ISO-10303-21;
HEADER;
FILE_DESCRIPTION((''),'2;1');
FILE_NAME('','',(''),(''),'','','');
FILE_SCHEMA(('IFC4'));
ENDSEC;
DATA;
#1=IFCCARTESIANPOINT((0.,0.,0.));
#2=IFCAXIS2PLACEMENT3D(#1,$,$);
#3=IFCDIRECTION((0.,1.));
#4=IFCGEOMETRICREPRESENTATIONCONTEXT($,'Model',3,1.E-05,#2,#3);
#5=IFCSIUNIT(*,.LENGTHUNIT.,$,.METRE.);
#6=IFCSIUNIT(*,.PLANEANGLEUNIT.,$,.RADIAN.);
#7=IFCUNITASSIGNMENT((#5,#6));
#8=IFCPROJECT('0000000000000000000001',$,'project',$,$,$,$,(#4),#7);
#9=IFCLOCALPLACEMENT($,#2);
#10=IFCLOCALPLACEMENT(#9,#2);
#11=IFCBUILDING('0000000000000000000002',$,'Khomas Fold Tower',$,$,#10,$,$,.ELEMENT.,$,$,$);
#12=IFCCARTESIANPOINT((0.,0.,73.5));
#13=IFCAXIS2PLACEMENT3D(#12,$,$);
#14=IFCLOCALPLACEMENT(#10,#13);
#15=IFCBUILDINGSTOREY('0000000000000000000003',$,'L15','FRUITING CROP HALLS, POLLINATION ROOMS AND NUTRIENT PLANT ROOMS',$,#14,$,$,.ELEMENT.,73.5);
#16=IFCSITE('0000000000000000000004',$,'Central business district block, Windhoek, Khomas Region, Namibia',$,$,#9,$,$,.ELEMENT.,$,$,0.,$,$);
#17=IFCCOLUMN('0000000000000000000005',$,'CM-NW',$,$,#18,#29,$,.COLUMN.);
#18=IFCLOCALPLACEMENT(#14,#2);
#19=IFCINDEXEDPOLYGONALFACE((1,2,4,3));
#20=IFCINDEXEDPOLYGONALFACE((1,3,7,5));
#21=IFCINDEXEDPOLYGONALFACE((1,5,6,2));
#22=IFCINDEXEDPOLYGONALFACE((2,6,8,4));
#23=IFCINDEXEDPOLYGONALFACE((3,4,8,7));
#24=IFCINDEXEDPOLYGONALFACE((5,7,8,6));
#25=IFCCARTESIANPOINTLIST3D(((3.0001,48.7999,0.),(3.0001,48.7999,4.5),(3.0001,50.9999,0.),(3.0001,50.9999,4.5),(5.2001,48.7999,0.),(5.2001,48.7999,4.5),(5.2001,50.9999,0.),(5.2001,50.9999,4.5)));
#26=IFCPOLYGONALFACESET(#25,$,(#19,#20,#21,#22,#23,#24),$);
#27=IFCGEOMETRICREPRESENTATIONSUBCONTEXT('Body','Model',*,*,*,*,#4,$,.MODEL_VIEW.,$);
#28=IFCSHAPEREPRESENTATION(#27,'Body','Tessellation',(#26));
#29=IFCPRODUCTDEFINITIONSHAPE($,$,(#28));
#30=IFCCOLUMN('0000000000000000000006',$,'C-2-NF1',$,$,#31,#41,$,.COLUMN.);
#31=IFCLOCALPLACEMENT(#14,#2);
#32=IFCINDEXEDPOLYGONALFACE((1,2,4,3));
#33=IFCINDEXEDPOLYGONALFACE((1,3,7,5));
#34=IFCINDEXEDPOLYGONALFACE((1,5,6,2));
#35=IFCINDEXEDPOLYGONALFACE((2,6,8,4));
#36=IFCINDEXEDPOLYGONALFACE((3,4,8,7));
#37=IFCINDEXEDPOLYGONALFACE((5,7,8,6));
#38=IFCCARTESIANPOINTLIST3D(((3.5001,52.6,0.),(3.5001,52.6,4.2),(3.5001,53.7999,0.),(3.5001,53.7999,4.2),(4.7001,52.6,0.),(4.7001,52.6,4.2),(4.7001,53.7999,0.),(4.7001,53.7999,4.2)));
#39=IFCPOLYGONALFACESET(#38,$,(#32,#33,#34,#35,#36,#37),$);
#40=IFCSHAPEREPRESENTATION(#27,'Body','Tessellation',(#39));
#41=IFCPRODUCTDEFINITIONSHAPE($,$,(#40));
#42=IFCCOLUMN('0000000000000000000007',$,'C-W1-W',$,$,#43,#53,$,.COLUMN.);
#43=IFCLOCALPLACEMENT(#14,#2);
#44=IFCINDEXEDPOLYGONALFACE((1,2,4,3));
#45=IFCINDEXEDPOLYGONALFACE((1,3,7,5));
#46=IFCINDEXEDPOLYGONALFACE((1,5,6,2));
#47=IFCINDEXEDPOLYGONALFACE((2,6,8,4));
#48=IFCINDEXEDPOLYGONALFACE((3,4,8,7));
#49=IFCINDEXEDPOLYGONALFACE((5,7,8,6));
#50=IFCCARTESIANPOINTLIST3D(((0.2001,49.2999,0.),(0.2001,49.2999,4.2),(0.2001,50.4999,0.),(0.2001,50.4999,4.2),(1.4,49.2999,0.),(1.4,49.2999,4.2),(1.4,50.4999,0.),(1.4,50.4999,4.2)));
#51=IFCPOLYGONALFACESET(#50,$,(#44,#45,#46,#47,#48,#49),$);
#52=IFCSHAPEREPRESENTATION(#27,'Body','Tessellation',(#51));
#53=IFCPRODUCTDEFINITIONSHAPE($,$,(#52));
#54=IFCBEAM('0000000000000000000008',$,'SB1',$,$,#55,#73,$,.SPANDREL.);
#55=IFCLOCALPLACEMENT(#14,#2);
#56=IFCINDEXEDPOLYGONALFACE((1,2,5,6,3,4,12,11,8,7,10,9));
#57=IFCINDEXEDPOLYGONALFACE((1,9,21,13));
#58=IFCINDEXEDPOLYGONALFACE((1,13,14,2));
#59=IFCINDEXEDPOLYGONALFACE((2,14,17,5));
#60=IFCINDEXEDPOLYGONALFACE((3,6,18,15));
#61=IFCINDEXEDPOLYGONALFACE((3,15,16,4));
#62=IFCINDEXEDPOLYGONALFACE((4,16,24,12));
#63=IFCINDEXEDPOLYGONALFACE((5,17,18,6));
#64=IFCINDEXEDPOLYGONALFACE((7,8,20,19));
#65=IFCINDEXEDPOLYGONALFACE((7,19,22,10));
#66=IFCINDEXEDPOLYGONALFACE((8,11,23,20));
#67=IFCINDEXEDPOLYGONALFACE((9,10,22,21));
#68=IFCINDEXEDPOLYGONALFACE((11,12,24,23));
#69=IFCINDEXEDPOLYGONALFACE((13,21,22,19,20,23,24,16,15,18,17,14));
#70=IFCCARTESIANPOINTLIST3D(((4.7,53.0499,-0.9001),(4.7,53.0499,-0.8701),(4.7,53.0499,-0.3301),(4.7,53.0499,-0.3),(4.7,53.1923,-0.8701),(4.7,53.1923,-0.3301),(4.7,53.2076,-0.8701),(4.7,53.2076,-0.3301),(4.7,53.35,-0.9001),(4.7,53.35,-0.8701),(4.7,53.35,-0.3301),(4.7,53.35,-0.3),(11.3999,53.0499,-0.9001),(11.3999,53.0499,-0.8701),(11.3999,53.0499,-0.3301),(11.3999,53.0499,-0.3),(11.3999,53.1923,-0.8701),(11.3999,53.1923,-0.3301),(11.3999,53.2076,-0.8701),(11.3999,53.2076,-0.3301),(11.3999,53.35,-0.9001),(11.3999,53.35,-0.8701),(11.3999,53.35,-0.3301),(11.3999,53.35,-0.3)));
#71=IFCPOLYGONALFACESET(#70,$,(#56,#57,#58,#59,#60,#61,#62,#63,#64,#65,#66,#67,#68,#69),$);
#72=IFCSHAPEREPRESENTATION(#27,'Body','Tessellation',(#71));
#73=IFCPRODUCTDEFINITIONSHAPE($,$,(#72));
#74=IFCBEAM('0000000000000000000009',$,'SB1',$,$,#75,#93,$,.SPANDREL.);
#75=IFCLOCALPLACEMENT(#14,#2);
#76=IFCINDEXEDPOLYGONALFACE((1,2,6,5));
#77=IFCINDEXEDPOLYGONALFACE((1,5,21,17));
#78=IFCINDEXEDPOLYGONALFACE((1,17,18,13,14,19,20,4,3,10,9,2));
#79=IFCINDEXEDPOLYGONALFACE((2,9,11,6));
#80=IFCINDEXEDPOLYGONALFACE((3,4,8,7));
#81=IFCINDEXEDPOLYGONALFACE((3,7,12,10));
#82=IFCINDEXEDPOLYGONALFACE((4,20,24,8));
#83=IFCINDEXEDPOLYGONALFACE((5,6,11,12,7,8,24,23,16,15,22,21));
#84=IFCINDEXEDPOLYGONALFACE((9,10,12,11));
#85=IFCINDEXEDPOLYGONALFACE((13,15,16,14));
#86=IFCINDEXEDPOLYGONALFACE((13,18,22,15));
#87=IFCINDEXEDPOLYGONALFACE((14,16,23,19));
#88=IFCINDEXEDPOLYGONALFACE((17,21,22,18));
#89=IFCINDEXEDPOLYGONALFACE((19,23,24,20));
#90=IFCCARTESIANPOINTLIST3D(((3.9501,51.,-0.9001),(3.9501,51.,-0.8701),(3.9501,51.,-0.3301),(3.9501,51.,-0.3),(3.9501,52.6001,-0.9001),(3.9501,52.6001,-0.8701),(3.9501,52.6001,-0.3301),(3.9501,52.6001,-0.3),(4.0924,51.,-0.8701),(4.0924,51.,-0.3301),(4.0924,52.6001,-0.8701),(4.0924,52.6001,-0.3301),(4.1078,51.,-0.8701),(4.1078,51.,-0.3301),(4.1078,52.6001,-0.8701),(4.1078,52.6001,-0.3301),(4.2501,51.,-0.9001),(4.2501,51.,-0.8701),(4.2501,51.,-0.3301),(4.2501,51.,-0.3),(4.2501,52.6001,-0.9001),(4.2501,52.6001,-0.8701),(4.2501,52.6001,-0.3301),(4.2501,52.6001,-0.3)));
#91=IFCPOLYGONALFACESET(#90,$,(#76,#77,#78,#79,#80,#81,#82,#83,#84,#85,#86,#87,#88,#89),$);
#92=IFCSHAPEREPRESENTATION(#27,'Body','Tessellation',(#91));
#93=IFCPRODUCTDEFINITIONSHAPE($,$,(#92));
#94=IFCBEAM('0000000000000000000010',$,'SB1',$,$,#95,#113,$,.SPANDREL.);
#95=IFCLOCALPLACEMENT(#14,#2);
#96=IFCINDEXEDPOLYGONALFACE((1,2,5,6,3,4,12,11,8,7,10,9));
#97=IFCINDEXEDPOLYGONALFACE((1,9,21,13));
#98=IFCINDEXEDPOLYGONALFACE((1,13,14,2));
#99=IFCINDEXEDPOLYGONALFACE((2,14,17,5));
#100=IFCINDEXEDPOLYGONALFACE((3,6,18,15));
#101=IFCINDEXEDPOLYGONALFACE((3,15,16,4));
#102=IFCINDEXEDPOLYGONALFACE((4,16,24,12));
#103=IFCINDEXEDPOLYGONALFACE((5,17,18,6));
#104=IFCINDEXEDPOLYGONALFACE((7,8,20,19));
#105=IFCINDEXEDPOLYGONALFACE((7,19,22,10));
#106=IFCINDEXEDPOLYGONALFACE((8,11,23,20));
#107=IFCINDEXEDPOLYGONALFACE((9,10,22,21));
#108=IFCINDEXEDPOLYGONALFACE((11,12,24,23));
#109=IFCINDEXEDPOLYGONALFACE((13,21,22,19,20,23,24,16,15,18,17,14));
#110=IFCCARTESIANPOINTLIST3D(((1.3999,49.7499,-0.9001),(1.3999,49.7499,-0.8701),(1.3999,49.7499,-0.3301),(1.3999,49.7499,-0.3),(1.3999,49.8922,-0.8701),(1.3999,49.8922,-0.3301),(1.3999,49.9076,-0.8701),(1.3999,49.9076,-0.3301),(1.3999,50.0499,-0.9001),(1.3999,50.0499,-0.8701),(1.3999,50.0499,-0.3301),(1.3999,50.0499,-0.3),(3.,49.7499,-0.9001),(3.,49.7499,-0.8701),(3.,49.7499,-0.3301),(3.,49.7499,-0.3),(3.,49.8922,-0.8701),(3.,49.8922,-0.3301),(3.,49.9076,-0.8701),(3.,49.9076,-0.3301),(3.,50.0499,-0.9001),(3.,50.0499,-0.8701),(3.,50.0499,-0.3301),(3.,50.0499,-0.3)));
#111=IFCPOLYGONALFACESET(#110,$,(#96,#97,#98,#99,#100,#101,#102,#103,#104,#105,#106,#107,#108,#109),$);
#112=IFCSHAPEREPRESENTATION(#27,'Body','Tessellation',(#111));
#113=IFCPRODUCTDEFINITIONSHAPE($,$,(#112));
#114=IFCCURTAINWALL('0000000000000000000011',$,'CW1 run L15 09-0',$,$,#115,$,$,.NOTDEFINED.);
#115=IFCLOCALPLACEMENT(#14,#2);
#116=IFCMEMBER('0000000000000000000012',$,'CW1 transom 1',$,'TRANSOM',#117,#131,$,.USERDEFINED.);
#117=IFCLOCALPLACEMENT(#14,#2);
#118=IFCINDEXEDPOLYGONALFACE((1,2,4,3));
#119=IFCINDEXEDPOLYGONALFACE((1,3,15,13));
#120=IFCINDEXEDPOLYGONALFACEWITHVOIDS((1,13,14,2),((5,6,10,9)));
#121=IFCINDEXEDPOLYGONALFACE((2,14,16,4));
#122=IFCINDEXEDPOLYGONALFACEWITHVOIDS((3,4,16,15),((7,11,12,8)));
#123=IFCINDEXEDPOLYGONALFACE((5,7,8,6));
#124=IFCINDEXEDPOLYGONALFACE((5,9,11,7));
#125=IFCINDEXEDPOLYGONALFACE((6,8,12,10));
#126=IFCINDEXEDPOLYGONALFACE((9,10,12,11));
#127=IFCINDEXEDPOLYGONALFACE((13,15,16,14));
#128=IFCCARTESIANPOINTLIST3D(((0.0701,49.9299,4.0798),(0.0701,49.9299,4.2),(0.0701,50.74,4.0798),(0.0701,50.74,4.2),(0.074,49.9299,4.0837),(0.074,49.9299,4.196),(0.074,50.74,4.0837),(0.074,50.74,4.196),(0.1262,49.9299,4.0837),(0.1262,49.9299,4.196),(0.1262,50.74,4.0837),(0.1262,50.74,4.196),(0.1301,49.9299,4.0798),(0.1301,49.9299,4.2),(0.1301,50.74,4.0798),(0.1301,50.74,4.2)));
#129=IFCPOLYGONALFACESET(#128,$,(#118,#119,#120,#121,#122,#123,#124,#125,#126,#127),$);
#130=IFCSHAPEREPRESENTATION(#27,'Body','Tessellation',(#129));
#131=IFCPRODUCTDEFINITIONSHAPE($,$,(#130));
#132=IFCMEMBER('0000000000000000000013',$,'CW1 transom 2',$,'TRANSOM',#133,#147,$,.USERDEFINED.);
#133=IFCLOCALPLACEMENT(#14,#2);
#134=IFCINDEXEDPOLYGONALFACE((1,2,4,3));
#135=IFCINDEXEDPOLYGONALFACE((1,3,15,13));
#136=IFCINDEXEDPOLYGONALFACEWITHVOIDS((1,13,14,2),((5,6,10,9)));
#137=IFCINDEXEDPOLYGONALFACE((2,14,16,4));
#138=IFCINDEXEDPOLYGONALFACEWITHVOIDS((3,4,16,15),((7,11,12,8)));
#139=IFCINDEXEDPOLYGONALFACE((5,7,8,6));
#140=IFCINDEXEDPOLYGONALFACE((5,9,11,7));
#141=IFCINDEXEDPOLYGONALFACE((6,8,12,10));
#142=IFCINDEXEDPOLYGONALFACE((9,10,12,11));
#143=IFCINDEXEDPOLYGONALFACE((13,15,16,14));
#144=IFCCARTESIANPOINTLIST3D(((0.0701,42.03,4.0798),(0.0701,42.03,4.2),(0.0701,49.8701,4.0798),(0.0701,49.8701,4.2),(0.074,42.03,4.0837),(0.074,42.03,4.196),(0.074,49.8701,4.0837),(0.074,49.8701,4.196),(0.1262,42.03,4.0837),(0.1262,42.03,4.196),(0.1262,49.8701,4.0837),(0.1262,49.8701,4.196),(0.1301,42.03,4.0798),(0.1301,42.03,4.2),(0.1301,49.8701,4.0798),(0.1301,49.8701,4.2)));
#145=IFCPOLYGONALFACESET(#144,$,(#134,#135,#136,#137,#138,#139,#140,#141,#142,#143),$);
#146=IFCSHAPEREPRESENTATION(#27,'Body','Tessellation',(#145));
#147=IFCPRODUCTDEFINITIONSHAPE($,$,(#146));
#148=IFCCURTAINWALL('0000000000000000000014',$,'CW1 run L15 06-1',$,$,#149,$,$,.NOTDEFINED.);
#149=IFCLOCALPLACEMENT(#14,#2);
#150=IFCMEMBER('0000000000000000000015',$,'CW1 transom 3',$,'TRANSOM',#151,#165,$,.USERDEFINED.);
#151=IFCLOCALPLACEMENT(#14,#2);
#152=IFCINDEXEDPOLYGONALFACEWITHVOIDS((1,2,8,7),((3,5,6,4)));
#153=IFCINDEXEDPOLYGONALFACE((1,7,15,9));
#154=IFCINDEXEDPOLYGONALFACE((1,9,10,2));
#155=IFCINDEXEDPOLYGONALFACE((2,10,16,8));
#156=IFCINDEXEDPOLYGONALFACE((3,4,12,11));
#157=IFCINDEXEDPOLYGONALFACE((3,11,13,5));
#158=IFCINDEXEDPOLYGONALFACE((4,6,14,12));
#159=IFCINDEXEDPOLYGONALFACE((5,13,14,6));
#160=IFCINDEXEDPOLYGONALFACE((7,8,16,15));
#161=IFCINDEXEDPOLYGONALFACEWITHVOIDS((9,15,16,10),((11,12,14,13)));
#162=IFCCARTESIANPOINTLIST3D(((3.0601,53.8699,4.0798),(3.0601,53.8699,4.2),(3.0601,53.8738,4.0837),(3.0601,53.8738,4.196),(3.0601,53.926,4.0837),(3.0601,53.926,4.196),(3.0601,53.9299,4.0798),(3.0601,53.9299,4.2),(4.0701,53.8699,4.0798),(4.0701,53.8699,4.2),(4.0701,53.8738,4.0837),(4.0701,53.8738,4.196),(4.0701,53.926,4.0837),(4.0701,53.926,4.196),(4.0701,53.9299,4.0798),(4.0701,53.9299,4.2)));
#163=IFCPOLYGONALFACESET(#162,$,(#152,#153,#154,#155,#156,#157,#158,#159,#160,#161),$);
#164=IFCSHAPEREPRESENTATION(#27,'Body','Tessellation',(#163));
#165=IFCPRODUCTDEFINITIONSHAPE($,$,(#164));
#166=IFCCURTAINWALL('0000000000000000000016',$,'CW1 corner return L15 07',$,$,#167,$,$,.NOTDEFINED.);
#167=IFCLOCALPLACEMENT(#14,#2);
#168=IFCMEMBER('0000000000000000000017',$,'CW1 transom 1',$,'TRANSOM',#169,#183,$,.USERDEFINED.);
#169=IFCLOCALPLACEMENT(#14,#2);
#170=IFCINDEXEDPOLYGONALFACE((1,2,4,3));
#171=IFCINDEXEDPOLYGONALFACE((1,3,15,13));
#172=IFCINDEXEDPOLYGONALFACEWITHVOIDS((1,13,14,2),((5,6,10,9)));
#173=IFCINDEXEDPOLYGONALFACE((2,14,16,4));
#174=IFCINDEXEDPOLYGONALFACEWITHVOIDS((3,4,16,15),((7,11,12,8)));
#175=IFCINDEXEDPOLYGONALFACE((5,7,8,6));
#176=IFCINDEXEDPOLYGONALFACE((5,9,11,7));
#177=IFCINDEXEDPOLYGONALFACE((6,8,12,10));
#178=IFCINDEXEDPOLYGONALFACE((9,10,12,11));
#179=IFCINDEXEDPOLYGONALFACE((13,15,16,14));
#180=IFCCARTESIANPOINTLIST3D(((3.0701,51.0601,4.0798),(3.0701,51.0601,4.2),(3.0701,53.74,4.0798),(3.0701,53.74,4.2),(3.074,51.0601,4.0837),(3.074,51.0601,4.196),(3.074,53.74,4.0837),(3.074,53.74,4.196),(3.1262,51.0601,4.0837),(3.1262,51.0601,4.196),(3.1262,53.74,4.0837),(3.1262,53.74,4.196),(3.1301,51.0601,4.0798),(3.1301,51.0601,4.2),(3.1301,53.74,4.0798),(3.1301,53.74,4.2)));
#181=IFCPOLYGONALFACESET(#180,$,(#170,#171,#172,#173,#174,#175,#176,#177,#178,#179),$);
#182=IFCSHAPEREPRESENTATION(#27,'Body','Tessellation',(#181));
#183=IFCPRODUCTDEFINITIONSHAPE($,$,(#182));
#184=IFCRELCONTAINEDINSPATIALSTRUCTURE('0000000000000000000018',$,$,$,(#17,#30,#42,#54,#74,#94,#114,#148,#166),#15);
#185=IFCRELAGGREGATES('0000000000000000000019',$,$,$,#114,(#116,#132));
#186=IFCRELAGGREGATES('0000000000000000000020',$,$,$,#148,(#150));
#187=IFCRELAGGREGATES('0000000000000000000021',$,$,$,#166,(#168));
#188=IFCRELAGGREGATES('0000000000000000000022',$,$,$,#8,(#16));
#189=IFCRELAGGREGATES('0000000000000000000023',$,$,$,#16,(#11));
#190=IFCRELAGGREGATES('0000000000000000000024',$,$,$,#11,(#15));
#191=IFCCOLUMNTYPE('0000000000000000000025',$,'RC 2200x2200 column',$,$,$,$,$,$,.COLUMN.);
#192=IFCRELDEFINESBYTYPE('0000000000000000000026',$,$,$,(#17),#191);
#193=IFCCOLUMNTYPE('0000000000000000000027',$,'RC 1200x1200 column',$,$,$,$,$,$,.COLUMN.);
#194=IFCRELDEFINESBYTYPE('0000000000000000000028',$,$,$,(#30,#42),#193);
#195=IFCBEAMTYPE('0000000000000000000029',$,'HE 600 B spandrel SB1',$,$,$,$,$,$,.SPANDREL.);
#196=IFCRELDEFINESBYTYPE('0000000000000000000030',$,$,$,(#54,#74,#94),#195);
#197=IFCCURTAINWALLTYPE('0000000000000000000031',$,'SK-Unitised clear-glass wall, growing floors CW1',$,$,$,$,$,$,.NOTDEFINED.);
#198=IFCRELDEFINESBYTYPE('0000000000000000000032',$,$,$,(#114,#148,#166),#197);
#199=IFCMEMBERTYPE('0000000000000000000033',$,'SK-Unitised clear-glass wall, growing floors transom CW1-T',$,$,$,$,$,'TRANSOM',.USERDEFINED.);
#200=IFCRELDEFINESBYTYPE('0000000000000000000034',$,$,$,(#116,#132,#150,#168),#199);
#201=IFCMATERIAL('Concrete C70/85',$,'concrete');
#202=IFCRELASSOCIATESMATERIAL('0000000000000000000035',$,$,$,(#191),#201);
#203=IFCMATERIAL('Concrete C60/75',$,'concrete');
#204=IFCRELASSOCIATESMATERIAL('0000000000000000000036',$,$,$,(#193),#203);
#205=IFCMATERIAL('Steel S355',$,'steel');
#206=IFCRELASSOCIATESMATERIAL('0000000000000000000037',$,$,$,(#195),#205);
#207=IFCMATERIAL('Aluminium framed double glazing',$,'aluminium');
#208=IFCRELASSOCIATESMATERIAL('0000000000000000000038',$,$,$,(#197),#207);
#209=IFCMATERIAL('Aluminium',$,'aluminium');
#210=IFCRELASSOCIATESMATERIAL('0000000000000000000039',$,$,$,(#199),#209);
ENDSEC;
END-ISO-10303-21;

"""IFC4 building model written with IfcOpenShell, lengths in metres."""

from ifc_helpers import new_model, si_unit, direction, frame, origin, origin_2d, place, context, subcontext, project, spatial, rectangle, hollow_rectangle, i_section, extrude, source, transform, mapped, material, material_profile, profile_set, type_object, element, aggregate, save


model = new_model("IFC4")

# Units and contexts
model_context = context("Model", 3, precision=1e-05, world=origin(), true_north=direction((0.0, 1.0)))
body_context = subcontext(model_context, "Body", "Model", "MODEL_VIEW")
ifc_project = project(units=[si_unit("LENGTHUNIT", "METRE"), si_unit("PLANEANGLEUNIT", "RADIAN")], contexts=[model_context])

# Site, building, storey
site_placement = place(None, origin())
site = spatial("IfcSite", under=ifc_project, at=site_placement, Name="Central business district block, Windhoek, Khomas Region, Namibia", CompositionType="ELEMENT", RefElevation=0.0)
building_placement = place(site_placement, origin())
building = spatial("IfcBuilding", under=site, at=building_placement, Name="Khomas Fold Tower", CompositionType="ELEMENT")
storey_placement = place(building_placement, frame((0.0, 0.0, 73.5)))
storey = spatial("IfcBuildingStorey", under=building, at=storey_placement, Name="L15", Description="FRUITING CROP HALLS, POLLINATION ROOMS AND NUTRIENT PLANT ROOMS", CompositionType="ELEMENT", Elevation=73.5)

# Columns
ifc_material_1 = material(Name="Concrete C70/85", Category="concrete")
ifc_material_profile_1 = material_profile(ifc_material_1, rectangle(XDim=2.2, YDim=2.2, at=origin_2d()), Name="RC 2200x2200")
ifc_profile_set_1 = profile_set([ifc_material_profile_1], Name="Concrete C70/85")
column_type_1 = type_object("IfcColumnType", Name="RC 2200x2200 column", PredefinedType="COLUMN", material=ifc_profile_set_1)
shared_shape_1 = source(origin(), body_context, "Body", "SweptSolid", [
    extrude(rectangle(XDim=2.2, YDim=2.2, at=origin_2d()), origin(), (0.0, 0.0, 1.0), 4.5),
])
column_placement = place(storey_placement, frame((4.1001, 49.8999, 0.0), z_axis=(0.0, 0.0, 1.0), x_axis=(1.0, 0.0, 0.0)))
element("IfcColumn", 1, at=column_placement, inside=storey, type_object=column_type_1, Name="CM-NW", PredefinedType="COLUMN", context=body_context, shape_type="MappedRepresentation", body=[
    mapped(shared_shape_1, transform((0.0, 0.0, 0.0))),
])
ifc_material_2 = material(Name="Concrete C60/75", Category="concrete")
ifc_material_profile_2 = material_profile(ifc_material_2, rectangle(XDim=1.2, YDim=1.2, at=origin_2d()), Name="RC 1200x1200")
ifc_profile_set_2 = profile_set([ifc_material_profile_2], Name="Concrete C60/75")
column_type_2 = type_object("IfcColumnType", Name="RC 1200x1200 column", PredefinedType="COLUMN", material=ifc_profile_set_2)
shared_shape_2 = source(origin(), body_context, "Body", "SweptSolid", [
    extrude(rectangle(XDim=1.2, YDim=1.2, at=origin_2d()), origin(), (0.0, 0.0, 1.0), 4.2),
])
for number, where, z_axis, x_axis, name in (
    (2, (4.1001, 53.2, 0.0), (0.0, 0.0, 1.0), (1.0, 0.0, 0.0), "C-2-NF1"),
    (3, (0.8, 49.8999, 0.0), (0.0, 0.0, 1.0), (1.0, 0.0, 0.0), "C-W1-W"),
):
    element("IfcColumn", number, at=place(storey_placement, frame(where, z_axis=z_axis, x_axis=x_axis)), inside=storey, type_object=column_type_2, Name=name, PredefinedType="COLUMN", context=body_context, shape_type="MappedRepresentation", body=[
        mapped(shared_shape_2, transform((0.0, 0.0, 0.0))),
    ])

# Beams
ifc_material_3 = material(Name="Steel S355", Category="steel")
ifc_material_profile_3 = material_profile(ifc_material_3, i_section(OverallWidth=0.3, OverallDepth=0.6001, WebThickness=0.0154, FlangeThickness=0.03, at=origin_2d()), Name="HE 600 B")
ifc_profile_set_3 = profile_set([ifc_material_profile_3], Name="Steel S355")
beam_type = type_object("IfcBeamType", Name="HE 600 B spandrel SB1", PredefinedType="SPANDREL", material=ifc_profile_set_3)
shared_shape_3 = source(origin(), body_context, "Body", "SweptSolid", [
    extrude(i_section(OverallWidth=0.3, OverallDepth=0.6001, WebThickness=0.0154, FlangeThickness=0.03, at=origin_2d()), origin(), (0.0, 0.0, 1.0), 6.7),
])
beam_placement = place(storey_placement, frame((4.7, 53.2, -0.6001), z_axis=(1.0, 0.0, 0.0), x_axis=(0.0, 1.0, 0.0)))
element("IfcBeam", 4, at=beam_placement, inside=storey, type_object=beam_type, Name="SB1", PredefinedType="SPANDREL", context=body_context, shape_type="MappedRepresentation", body=[
    mapped(shared_shape_3, transform((0.0, 0.0, 0.0))),
])
shared_shape_4 = source(origin(), body_context, "Body", "SweptSolid", [
    extrude(i_section(OverallWidth=0.3, OverallDepth=0.6001, WebThickness=0.0154, FlangeThickness=0.03, at=origin_2d()), origin(), (0.0, 0.0, 1.0), 1.6001),
])
for number, where, z_axis, x_axis, name in (
    (5, (4.1001, 51.0, -0.6001), (0.0, 1.0, 0.0), (-1.0, 0.0, 0.0), "SB1"),
    (6, (1.3999, 49.8999, -0.6001), (1.0, 0.0, 0.0), (0.0, 1.0, 0.0), "SB1"),
):
    element("IfcBeam", number, at=place(storey_placement, frame(where, z_axis=z_axis, x_axis=x_axis)), inside=storey, type_object=beam_type, Name=name, PredefinedType="SPANDREL", context=body_context, shape_type="MappedRepresentation", body=[
        mapped(shared_shape_4, transform((0.0, 0.0, 0.0))),
    ])

# Curtain wall, members
ifc_material_4 = material(Name="Aluminium framed double glazing", Category="aluminium")
curtain_wall_type = type_object("IfcCurtainWallType", Name="SK-Unitised clear-glass wall, growing floors CW1", PredefinedType="NOTDEFINED", material=ifc_material_4)
curtain_wall_1_placement = place(storey_placement, origin())
curtain_wall_1 = element("IfcCurtainWall", 7, at=curtain_wall_1_placement, inside=storey, type_object=curtain_wall_type, Name="CW1 run L15 09-0", PredefinedType="NOTDEFINED")
ifc_material_5 = material(Name="Aluminium", Category="aluminium")
ifc_material_profile_4 = material_profile(ifc_material_5, hollow_rectangle(XDim=0.0601, YDim=0.1201, WallThickness=0.0039, at=origin_2d()), Name="SK-Unitised clear-glass wall, growing floors transom CW1-T")
ifc_profile_set_4 = profile_set([ifc_material_profile_4], Name="Aluminium")
member_type_1 = type_object("IfcMemberType", Name="SK-Unitised clear-glass wall, growing floors transom CW1-T", ElementType="TRANSOM", PredefinedType="USERDEFINED", material=ifc_profile_set_4)
shared_shape_5 = source(origin(), body_context, "Body", "SweptSolid", [
    extrude(hollow_rectangle(XDim=0.0601, YDim=0.1201, WallThickness=0.0039, at=origin_2d()), origin(), (0.0, 0.0, 1.0), 0.8101),
])
member_1_placement = place(storey_placement, frame((0.1001, 50.74, 4.1399), z_axis=(0.0, -1.0, 0.0), x_axis=(1.0, 0.0, 0.0)))
member_1 = element("IfcMember", 8, at=member_1_placement, type_object=member_type_1, Name="CW1 transom 1", ObjectType="TRANSOM", PredefinedType="USERDEFINED", context=body_context, shape_type="MappedRepresentation", body=[
    mapped(shared_shape_5, transform((0.0, 0.0, 0.0))),
])
shared_shape_6 = source(origin(), body_context, "Body", "SweptSolid", [
    extrude(hollow_rectangle(XDim=0.0601, YDim=0.1201, WallThickness=0.0039, at=origin_2d()), origin(), (0.0, 0.0, 1.0), 7.8401),
])
member_2_placement = place(storey_placement, frame((0.1001, 49.8701, 4.1399), z_axis=(0.0, -1.0, 0.0), x_axis=(1.0, 0.0, 0.0)))
member_2 = element("IfcMember", 9, at=member_2_placement, type_object=member_type_1, Name="CW1 transom 2", ObjectType="TRANSOM", PredefinedType="USERDEFINED", context=body_context, shape_type="MappedRepresentation", body=[
    mapped(shared_shape_6, transform((0.0, 0.0, 0.0))),
])

# Curtain walls, members
curtain_wall_2_placement = place(storey_placement, origin())
curtain_wall_2 = element("IfcCurtainWall", 10, at=curtain_wall_2_placement, inside=storey, type_object=curtain_wall_type, Name="CW1 run L15 06-1", PredefinedType="NOTDEFINED")
shared_shape_7 = source(origin(), body_context, "Body", "SweptSolid", [
    extrude(hollow_rectangle(XDim=0.0601, YDim=0.1201, WallThickness=0.0039, at=origin_2d()), origin(), (0.0, 0.0, 1.0), 1.01),
])
member_3_placement = place(storey_placement, frame((4.0701, 53.8999, 4.1399), z_axis=(-1.0, 0.0, 0.0), x_axis=(0.0, -1.0, 0.0)))
member_3 = element("IfcMember", 11, at=member_3_placement, type_object=member_type_1, Name="CW1 transom 3", ObjectType="TRANSOM", PredefinedType="USERDEFINED", context=body_context, shape_type="MappedRepresentation", body=[
    mapped(shared_shape_7, transform((0.0, 0.0, 0.0))),
])
curtain_wall_3_placement = place(storey_placement, origin())
curtain_wall_3 = element("IfcCurtainWall", 12, at=curtain_wall_3_placement, inside=storey, type_object=curtain_wall_type, Name="CW1 corner return L15 07", PredefinedType="NOTDEFINED")
shared_shape_8 = source(origin(), body_context, "Body", "SweptSolid", [
    extrude(hollow_rectangle(XDim=0.0601, YDim=0.1201, WallThickness=0.0039, at=origin_2d()), origin(), (0.0, 0.0, 1.0), 2.6799),
])
member_4_placement = place(storey_placement, frame((3.1001, 53.74, 4.1399), z_axis=(0.0, -1.0, 0.0), x_axis=(1.0, 0.0, 0.0)))
member_4 = element("IfcMember", 13, at=member_4_placement, type_object=member_type_1, Name="CW1 transom 1", ObjectType="TRANSOM", PredefinedType="USERDEFINED", context=body_context, shape_type="MappedRepresentation", body=[
    mapped(shared_shape_8, transform((0.0, 0.0, 0.0))),
])

aggregate(curtain_wall_1, [member_1, member_2])
aggregate(curtain_wall_2, [member_3])
aggregate(curtain_wall_3, [member_4])

save(model, "model.ifc")
